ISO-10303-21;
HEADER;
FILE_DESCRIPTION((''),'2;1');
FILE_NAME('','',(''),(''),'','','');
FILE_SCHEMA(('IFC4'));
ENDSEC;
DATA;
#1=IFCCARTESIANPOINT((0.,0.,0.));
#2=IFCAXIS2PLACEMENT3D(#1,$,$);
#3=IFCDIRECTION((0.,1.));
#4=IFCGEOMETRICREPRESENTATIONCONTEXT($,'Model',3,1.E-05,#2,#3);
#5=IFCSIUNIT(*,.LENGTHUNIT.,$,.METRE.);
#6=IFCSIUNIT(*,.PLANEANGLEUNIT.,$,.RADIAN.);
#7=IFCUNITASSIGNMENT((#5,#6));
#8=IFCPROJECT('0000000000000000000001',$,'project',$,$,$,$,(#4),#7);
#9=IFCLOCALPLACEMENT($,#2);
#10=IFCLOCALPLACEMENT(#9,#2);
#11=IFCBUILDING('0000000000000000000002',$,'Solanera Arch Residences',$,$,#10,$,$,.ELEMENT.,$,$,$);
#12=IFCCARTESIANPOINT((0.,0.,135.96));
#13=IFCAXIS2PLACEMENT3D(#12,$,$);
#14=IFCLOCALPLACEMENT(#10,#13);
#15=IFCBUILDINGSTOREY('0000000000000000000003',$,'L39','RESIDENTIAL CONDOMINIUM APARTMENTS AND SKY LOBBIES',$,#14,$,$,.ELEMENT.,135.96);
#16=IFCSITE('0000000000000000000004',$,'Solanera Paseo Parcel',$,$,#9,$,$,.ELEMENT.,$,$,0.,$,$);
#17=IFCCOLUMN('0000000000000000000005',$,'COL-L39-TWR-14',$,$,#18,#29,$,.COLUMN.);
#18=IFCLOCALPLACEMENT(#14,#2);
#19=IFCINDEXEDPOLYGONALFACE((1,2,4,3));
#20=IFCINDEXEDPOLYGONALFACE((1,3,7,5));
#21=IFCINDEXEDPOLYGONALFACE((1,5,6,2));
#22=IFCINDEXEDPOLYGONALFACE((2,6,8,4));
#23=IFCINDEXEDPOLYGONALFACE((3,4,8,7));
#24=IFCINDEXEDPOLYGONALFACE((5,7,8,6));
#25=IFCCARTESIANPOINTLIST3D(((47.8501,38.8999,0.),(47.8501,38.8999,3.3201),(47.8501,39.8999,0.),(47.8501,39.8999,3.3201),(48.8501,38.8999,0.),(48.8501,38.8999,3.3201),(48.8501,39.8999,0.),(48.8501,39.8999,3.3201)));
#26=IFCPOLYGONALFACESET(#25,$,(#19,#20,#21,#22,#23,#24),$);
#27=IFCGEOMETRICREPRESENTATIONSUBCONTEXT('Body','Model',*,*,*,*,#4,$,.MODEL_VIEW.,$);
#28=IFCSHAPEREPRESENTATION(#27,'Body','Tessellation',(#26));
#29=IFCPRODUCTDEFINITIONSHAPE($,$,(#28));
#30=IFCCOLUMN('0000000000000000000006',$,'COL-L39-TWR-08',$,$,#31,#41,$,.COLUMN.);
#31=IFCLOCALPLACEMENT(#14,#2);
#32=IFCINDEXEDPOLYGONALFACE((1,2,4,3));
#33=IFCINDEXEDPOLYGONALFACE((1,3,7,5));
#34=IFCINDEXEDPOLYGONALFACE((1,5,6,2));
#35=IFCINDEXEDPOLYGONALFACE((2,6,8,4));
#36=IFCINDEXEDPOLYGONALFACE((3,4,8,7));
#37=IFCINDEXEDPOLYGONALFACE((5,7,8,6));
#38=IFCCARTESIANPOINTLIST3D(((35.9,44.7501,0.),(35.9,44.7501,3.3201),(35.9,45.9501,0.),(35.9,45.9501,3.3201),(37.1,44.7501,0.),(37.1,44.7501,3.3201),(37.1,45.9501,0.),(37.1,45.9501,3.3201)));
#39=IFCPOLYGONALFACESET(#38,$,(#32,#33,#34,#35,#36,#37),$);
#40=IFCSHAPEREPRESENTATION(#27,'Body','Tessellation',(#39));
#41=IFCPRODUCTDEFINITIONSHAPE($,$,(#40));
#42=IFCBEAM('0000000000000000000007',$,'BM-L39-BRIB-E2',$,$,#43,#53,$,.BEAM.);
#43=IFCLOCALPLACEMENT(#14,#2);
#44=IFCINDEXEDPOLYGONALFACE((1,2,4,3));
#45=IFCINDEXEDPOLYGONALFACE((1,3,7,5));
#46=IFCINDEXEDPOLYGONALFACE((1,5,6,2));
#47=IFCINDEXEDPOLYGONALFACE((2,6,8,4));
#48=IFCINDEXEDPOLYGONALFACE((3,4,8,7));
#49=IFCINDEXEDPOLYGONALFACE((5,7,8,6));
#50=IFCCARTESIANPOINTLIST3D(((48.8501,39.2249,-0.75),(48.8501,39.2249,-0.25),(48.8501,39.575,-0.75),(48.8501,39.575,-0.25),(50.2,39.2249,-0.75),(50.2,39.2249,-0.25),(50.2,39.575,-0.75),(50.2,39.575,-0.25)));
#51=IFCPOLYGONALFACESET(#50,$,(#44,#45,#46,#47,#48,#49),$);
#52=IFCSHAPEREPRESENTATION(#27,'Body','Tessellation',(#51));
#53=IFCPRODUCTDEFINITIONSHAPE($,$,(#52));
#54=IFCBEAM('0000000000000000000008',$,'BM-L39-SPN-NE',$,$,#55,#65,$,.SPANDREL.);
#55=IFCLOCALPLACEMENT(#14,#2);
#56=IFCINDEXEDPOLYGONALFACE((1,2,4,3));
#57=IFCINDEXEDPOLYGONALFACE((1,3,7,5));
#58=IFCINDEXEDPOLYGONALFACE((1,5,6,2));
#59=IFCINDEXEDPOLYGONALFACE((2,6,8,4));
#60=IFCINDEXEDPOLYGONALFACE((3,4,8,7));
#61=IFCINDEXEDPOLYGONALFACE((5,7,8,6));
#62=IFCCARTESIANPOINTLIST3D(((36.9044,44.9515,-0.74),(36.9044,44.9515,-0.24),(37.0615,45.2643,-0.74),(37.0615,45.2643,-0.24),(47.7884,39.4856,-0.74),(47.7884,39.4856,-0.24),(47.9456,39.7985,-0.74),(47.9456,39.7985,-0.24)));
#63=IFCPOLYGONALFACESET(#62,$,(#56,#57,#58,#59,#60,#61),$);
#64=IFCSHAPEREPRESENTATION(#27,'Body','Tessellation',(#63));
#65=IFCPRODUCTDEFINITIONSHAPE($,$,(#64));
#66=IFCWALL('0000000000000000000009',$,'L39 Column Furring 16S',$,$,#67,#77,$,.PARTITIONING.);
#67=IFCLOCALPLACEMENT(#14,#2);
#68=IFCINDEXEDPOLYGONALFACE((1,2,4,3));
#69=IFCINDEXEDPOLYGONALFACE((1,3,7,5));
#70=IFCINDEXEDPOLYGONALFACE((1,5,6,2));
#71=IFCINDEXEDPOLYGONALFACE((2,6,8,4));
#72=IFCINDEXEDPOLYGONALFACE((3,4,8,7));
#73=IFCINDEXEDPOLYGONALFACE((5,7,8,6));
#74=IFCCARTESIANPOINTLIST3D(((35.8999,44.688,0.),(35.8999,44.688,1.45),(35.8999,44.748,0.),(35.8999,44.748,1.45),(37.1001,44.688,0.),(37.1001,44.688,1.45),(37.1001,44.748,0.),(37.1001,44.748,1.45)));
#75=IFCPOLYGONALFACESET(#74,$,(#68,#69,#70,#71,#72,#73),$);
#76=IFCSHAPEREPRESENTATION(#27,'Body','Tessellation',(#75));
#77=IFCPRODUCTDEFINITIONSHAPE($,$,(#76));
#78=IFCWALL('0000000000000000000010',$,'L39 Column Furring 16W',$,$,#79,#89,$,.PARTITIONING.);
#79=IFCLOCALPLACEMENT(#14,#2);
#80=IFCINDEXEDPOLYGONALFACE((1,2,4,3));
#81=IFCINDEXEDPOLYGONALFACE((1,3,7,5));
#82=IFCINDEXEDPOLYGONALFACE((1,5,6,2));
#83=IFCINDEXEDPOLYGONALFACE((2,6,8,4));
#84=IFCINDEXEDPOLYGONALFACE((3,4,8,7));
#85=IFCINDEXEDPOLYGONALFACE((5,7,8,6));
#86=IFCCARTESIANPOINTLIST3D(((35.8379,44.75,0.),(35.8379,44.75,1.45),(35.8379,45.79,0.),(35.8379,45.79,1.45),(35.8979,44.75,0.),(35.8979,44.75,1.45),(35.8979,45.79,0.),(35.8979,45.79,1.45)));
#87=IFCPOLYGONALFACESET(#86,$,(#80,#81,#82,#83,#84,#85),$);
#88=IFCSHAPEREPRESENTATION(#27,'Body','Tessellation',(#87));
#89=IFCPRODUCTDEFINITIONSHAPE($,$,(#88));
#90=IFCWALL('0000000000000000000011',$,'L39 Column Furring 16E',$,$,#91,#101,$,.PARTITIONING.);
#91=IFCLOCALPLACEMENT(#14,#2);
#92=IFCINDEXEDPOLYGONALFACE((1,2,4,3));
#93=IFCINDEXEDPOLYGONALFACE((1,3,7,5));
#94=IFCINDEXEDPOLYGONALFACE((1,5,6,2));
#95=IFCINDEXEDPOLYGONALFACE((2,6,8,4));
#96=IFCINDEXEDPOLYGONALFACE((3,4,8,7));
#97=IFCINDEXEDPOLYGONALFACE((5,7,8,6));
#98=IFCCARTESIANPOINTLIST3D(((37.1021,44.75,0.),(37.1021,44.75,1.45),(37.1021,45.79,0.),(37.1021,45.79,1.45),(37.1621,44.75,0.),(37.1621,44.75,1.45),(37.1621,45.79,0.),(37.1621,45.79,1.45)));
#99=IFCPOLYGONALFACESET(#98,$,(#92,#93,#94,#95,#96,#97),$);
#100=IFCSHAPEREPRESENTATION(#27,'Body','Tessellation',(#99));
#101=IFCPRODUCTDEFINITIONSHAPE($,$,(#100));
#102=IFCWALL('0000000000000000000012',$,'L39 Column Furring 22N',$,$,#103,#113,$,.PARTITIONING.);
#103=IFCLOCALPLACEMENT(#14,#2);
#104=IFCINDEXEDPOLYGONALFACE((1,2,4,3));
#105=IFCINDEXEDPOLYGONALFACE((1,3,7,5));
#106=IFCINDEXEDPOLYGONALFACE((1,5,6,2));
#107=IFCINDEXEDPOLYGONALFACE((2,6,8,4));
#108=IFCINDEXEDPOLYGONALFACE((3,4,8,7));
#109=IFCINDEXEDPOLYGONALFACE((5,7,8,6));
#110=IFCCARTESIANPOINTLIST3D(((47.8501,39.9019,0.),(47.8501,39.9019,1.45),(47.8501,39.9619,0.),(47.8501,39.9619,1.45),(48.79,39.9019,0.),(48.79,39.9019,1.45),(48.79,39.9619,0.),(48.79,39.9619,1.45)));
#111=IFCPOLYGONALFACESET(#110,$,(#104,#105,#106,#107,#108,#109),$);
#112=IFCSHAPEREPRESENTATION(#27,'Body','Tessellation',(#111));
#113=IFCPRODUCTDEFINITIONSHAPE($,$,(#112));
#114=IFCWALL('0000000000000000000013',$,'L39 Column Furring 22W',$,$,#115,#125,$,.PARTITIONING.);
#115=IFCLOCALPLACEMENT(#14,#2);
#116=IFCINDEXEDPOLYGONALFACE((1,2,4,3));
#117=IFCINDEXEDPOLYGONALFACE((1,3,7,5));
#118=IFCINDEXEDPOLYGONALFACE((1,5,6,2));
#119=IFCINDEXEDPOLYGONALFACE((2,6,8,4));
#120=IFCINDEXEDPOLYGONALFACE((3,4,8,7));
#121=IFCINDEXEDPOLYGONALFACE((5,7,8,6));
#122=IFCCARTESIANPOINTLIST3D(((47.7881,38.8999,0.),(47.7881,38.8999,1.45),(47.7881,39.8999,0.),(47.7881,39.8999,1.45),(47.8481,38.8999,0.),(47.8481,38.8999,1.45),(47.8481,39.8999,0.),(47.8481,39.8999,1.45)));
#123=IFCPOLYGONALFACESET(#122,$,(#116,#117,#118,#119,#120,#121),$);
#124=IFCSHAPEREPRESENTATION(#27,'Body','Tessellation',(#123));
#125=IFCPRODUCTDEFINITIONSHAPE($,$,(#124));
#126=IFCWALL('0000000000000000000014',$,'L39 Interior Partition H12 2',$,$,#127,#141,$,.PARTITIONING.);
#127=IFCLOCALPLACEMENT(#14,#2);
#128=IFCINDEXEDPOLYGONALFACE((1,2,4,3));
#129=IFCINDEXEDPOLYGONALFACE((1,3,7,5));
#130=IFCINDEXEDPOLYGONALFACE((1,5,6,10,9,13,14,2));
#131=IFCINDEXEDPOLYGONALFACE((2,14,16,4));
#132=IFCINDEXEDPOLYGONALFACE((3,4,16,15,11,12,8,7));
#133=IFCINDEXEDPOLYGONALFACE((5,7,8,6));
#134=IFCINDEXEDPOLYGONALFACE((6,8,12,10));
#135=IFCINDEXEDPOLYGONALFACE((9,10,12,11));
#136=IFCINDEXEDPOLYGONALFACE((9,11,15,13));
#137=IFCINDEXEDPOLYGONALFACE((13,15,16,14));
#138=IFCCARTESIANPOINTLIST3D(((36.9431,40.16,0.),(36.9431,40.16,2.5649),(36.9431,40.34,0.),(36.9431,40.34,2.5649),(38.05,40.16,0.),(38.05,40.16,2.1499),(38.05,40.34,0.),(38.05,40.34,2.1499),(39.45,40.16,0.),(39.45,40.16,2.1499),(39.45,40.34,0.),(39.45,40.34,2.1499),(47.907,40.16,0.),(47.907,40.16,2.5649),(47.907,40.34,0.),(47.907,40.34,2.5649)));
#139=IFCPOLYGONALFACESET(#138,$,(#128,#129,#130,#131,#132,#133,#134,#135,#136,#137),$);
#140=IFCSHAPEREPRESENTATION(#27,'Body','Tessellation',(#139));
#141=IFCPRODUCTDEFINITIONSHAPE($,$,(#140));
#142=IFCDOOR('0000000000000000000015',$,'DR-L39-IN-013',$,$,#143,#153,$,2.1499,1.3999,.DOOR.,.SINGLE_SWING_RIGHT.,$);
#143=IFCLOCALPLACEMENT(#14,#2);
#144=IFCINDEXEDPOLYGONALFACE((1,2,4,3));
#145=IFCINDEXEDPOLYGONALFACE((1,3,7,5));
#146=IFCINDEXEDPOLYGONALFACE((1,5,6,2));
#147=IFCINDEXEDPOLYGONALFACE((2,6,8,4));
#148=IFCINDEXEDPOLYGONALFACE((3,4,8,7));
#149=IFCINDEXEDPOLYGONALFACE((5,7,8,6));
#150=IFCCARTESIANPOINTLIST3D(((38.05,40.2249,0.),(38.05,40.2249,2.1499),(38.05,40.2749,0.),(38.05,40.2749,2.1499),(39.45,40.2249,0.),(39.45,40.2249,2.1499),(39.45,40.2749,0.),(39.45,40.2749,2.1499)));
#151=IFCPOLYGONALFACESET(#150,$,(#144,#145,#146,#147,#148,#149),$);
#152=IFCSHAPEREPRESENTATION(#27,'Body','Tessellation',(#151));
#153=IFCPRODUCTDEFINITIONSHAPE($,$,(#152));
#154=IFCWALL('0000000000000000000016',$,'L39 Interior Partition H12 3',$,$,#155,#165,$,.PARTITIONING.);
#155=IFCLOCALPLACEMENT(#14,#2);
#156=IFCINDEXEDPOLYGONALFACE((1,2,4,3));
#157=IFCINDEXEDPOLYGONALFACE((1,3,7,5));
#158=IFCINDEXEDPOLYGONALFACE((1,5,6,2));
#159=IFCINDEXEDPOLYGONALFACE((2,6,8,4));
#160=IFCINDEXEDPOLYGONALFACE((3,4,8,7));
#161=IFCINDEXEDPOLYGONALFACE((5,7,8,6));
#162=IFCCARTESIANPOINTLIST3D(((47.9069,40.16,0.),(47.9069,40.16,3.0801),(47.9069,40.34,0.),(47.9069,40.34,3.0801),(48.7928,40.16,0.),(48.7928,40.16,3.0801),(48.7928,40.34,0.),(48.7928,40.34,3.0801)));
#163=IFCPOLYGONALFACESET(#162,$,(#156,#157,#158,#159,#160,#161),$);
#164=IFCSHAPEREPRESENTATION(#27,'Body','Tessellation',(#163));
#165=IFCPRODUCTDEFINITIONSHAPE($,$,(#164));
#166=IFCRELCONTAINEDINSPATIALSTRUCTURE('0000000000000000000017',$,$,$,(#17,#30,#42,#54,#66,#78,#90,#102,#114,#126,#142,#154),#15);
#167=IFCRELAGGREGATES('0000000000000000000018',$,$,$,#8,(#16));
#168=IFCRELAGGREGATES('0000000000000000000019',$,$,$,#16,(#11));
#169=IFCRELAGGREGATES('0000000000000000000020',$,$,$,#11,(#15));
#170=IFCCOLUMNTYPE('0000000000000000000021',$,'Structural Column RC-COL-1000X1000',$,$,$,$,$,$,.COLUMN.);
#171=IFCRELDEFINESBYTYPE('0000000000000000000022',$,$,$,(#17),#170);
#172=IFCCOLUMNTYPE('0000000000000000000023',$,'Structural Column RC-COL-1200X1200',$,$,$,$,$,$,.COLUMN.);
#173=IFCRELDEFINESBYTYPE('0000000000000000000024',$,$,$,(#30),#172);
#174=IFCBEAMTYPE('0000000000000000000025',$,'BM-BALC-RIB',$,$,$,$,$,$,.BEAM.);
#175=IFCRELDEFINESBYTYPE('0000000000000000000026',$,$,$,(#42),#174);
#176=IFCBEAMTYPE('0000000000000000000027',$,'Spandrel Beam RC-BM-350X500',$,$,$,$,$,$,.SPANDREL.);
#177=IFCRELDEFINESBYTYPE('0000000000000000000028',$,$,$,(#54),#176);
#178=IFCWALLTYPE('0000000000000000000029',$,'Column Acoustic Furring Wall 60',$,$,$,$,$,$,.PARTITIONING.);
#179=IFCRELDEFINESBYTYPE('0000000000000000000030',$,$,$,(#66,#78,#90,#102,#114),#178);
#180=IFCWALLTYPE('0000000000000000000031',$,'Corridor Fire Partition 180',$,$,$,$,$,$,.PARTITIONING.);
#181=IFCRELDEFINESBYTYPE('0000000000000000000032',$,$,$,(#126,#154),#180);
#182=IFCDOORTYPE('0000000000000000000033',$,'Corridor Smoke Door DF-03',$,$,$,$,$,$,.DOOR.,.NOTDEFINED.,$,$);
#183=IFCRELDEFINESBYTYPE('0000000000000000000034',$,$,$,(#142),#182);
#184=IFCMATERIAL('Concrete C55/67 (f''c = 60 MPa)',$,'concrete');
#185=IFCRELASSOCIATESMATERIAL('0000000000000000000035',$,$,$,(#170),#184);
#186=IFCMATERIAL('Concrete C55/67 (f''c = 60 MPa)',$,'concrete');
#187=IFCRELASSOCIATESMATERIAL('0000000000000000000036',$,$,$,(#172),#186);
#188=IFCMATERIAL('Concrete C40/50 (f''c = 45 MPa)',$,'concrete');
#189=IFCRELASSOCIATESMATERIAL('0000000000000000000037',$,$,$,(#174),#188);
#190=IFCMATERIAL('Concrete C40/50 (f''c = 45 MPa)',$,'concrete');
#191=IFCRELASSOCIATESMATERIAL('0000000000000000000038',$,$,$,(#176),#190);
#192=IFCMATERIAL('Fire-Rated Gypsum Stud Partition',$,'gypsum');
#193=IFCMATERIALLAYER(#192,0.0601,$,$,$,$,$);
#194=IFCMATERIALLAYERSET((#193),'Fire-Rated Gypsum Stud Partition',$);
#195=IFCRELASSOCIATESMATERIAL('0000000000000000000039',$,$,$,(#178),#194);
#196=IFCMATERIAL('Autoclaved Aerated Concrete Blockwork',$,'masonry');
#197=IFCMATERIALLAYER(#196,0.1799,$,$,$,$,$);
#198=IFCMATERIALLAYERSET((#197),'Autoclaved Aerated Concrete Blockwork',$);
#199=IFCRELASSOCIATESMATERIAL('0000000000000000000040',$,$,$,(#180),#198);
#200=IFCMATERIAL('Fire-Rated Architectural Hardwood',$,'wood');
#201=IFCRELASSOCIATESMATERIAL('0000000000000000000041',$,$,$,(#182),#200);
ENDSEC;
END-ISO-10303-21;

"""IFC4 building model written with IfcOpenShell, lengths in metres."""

from ifc_helpers import new_model, si_unit, direction, frame, frame_2d, origin, origin_2d, place, context, subcontext, project, spatial, rectangle, extrude, material, layer, layer_set, material_profile, profile_set, type_object, element, fill, save


model = new_model("IFC4")

# Units and contexts
model_context = context("Model", 3, precision=1e-05, world=origin(), true_north=direction((0.0, 1.0)))
body_context = subcontext(model_context, "Body", "Model", "MODEL_VIEW")
ifc_project = project(units=[si_unit("LENGTHUNIT", "METRE"), si_unit("PLANEANGLEUNIT", "RADIAN")], contexts=[model_context])

# Site, building, storey
site_placement = place(None, origin())
site = spatial("IfcSite", under=ifc_project, at=site_placement, Name="Solanera Paseo Parcel", CompositionType="ELEMENT", RefElevation=0.0)
building_placement = place(site_placement, origin())
building = spatial("IfcBuilding", under=site, at=building_placement, Name="Solanera Arch Residences", CompositionType="ELEMENT")
storey_placement = place(building_placement, frame((0.0, 0.0, 135.96)))
storey = spatial("IfcBuildingStorey", under=building, at=storey_placement, Name="L39", Description="RESIDENTIAL CONDOMINIUM APARTMENTS AND SKY LOBBIES", CompositionType="ELEMENT", Elevation=135.96)

# Columns
ifc_material_1 = material(Name="Concrete C55/67 (f'c = 60 MPa)", Category="concrete")
ifc_material_profile_1 = material_profile(ifc_material_1, rectangle(XDim=1.0, YDim=1.0, at=origin_2d()))
ifc_profile_set_1 = profile_set([ifc_material_profile_1], Name="Concrete C55/67 (f'c = 60 MPa)")
column_type_1 = type_object("IfcColumnType", Name="Structural Column RC-COL-1000X1000", PredefinedType="COLUMN", material=ifc_profile_set_1)
column_1_placement = place(storey_placement, frame((48.3501, 39.3999, 0.0), z_axis=(0.0, 0.0, 1.0), x_axis=(1.0, 0.0, 0.0)))
element("IfcColumn", 1, at=column_1_placement, inside=storey, type_object=column_type_1, Name="COL-L39-TWR-14", PredefinedType="COLUMN", context=body_context, shape_type="SweptSolid", body=[
    extrude(rectangle(XDim=1.0, YDim=1.0, at=origin_2d()), origin(), (0.0, 0.0, 1.0), 3.3201),
])
ifc_material_2 = material(Name="Concrete C55/67 (f'c = 60 MPa)", Category="concrete")
ifc_material_profile_2 = material_profile(ifc_material_2, rectangle(XDim=1.2, YDim=1.2, at=origin_2d()))
ifc_profile_set_2 = profile_set([ifc_material_profile_2], Name="Concrete C55/67 (f'c = 60 MPa)")
column_type_2 = type_object("IfcColumnType", Name="Structural Column RC-COL-1200X1200", PredefinedType="COLUMN", material=ifc_profile_set_2)
column_2_placement = place(storey_placement, frame((36.5, 45.3501, 0.0), z_axis=(0.0, 0.0, 1.0), x_axis=(1.0, 0.0, 0.0)))
element("IfcColumn", 2, at=column_2_placement, inside=storey, type_object=column_type_2, Name="COL-L39-TWR-08", PredefinedType="COLUMN", context=body_context, shape_type="SweptSolid", body=[
    extrude(rectangle(XDim=1.2, YDim=1.2, at=origin_2d()), origin(), (0.0, 0.0, 1.0), 3.3201),
])

# Beams
ifc_material_3 = material(Name="Concrete C40/50 (f'c = 45 MPa)", Category="concrete")
ifc_material_profile_3 = material_profile(ifc_material_3, rectangle(XDim=0.3501, YDim=0.5, at=origin_2d()))
ifc_profile_set_3 = profile_set([ifc_material_profile_3], Name="Concrete C40/50 (f'c = 45 MPa)")
beam_type_1 = type_object("IfcBeamType", Name="BM-BALC-RIB", PredefinedType="BEAM", material=ifc_profile_set_3)
beam_1_placement = place(storey_placement, frame((48.8501, 39.3999, -0.5), z_axis=(1.0, 0.0, 0.0), x_axis=(0.0, 1.0, 0.0)))
element("IfcBeam", 3, at=beam_1_placement, inside=storey, type_object=beam_type_1, Name="BM-L39-BRIB-E2", PredefinedType="BEAM", context=body_context, shape_type="SweptSolid", body=[
    extrude(rectangle(XDim=0.3501, YDim=0.5, at=origin_2d()), origin(), (0.0, 0.0, 1.0), 1.3499),
])
ifc_material_4 = material(Name="Concrete C40/50 (f'c = 45 MPa)", Category="concrete")
ifc_material_profile_4 = material_profile(ifc_material_4, rectangle(XDim=0.3501, YDim=0.5, at=origin_2d()))
ifc_profile_set_4 = profile_set([ifc_material_profile_4], Name="Concrete C40/50 (f'c = 45 MPa)")
beam_type_2 = type_object("IfcBeamType", Name="Spandrel Beam RC-BM-350X500", PredefinedType="SPANDREL", material=ifc_profile_set_4)
beam_2_placement = place(storey_placement, frame((36.9829, 45.1079, -0.49), z_axis=(0.893644, -0.448776, 0.0), x_axis=(0.448776, 0.893644, 0.0)))
element("IfcBeam", 4, at=beam_2_placement, inside=storey, type_object=beam_type_2, Name="BM-L39-SPN-NE", PredefinedType="SPANDREL", context=body_context, shape_type="SweptSolid", body=[
    extrude(rectangle(XDim=0.3501, YDim=0.5, at=origin_2d()), origin(), (0.0, 0.0, 1.0), 12.1794),
])

# Walls
ifc_material_5 = material(Name="Fire-Rated Gypsum Stud Partition", Category="gypsum")
ifc_layer_1 = layer(ifc_material_5, 0.0601)
ifc_layer_set_1 = layer_set([ifc_layer_1], Name="Fire-Rated Gypsum Stud Partition")
wall_type_1 = type_object("IfcWallType", Name="Column Acoustic Furring Wall 60", PredefinedType="PARTITIONING", material=ifc_layer_set_1)
wall_1_placement = place(storey_placement, frame((35.8999, 44.718, 0.0), z_axis=(0.0, 0.0, 1.0), x_axis=(1.0, 0.0, 0.0)))
element("IfcWall", 5, at=wall_1_placement, inside=storey, type_object=wall_type_1, Name="L39 Column Furring 16S", PredefinedType="PARTITIONING", context=body_context, shape_type="SweptSolid", body=[
    extrude(rectangle(XDim=1.2002, YDim=0.0601, at=frame_2d((0.6001, 0.0))), origin(), (0.0, 0.0, 1.0), 1.45),
])
for number, where, z_axis, x_axis, name in (
    (6, (35.8679, 44.75, 0.0), (0.0, 0.0, 1.0), (0.0, 1.0, 0.0), "L39 Column Furring 16W"),
    (7, (37.1321, 44.75, 0.0), (0.0, 0.0, 1.0), (0.0, 1.0, 0.0), "L39 Column Furring 16E"),
):
    element("IfcWall", number, at=place(storey_placement, frame(where, z_axis=z_axis, x_axis=x_axis)), inside=storey, type_object=wall_type_1, Name=name, PredefinedType="PARTITIONING", context=body_context, shape_type="SweptSolid", body=[
        extrude(rectangle(XDim=1.04, YDim=0.0601, at=frame_2d((0.52, 0.0))), origin(), (0.0, 0.0, 1.0), 1.45),
    ])
wall_2_placement = place(storey_placement, frame((47.8501, 39.9319, 0.0), z_axis=(0.0, 0.0, 1.0), x_axis=(1.0, 0.0, 0.0)))
element("IfcWall", 8, at=wall_2_placement, inside=storey, type_object=wall_type_1, Name="L39 Column Furring 22N", PredefinedType="PARTITIONING", context=body_context, shape_type="SweptSolid", body=[
    extrude(rectangle(XDim=0.9399, YDim=0.0601, at=frame_2d((0.47, 0.0))), origin(), (0.0, 0.0, 1.0), 1.45),
])
wall_3_placement = place(storey_placement, frame((47.8181, 38.8999, 0.0), z_axis=(0.0, 0.0, 1.0), x_axis=(0.0, 1.0, 0.0)))
element("IfcWall", 9, at=wall_3_placement, inside=storey, type_object=wall_type_1, Name="L39 Column Furring 22W", PredefinedType="PARTITIONING", context=body_context, shape_type="SweptSolid", body=[
    extrude(rectangle(XDim=1.0, YDim=0.0601, at=frame_2d((0.5, 0.0))), origin(), (0.0, 0.0, 1.0), 1.45),
])

# Wall, opening, door
ifc_material_6 = material(Name="Autoclaved Aerated Concrete Blockwork", Category="masonry")
ifc_layer_2 = layer(ifc_material_6, 0.1799)
ifc_layer_set_2 = layer_set([ifc_layer_2], Name="Autoclaved Aerated Concrete Blockwork")
wall_type_2 = type_object("IfcWallType", Name="Corridor Fire Partition 180", PredefinedType="PARTITIONING", material=ifc_layer_set_2)
wall_4_placement = place(storey_placement, frame((36.9431, 40.25, 0.0), z_axis=(0.0, 0.0, 1.0), x_axis=(1.0, 0.0, 0.0)))
wall_4 = element("IfcWall", 10, at=wall_4_placement, inside=storey, type_object=wall_type_2, Name="L39 Interior Partition H12 2", PredefinedType="PARTITIONING", context=body_context, shape_type="SweptSolid", body=[
    extrude(rectangle(XDim=10.9639, YDim=0.1799, at=frame_2d((5.4819, 0.0))), origin(), (0.0, 0.0, 1.0), 2.5649),
])
opening_1_placement = place(wall_4_placement, frame((1.1069, 0.0, 0.0)))
opening_1 = element("IfcOpeningElement", 11, at=opening_1_placement, cuts=wall_4, PredefinedType="OPENING", context=body_context, shape_type="SweptSolid", body=[
    extrude(rectangle(XDim=1.3999, YDim=2.1499, at=frame_2d((0.7, 1.075))), frame((0.0, 0.1001, 0.0), z_axis=(0.0, -1.0, 0.0), x_axis=(1.0, 0.0, 0.0)), (0.0, 0.0, 1.0), 0.1999),
])
ifc_material_7 = material(Name="Fire-Rated Architectural Hardwood", Category="wood")
door_type_1 = type_object("IfcDoorType", Name="Corridor Smoke Door DF-03", OperationType="NOTDEFINED", PredefinedType="DOOR", material=ifc_material_7)
door_1_placement = place(opening_1_placement, origin())
door_1 = element("IfcDoor", 12, at=door_1_placement, inside=storey, type_object=door_type_1, Name="DR-L39-IN-013", OperationType="SINGLE_SWING_RIGHT", OverallHeight=2.1499, OverallWidth=1.3999, PredefinedType="DOOR", context=body_context, shape_type="SweptSolid", body=[
    extrude(rectangle(XDim=1.3999, YDim=2.1499, at=frame_2d((0.7, 1.075))), frame((0.0, 0.0249, 0.0), z_axis=(0.0, -1.0, 0.0), x_axis=(1.0, 0.0, 0.0)), (0.0, 0.0, 1.0), 0.05),
])
fill(opening_1, door_1)

# Wall
wall_5_placement = place(storey_placement, frame((47.907, 40.25, 0.0), z_axis=(0.0, 0.0, 1.0), x_axis=(1.0, 0.0, 0.0)))
element("IfcWall", 13, at=wall_5_placement, inside=storey, type_object=wall_type_2, Name="L39 Interior Partition H12 3", PredefinedType="PARTITIONING", context=body_context, shape_type="SweptSolid", body=[
    extrude(rectangle(XDim=0.886, YDim=0.1799, at=frame_2d((0.4429, 0.0))), origin(), (0.0, 0.0, 1.0), 3.0801),
])

save(model, "model.ifc")
